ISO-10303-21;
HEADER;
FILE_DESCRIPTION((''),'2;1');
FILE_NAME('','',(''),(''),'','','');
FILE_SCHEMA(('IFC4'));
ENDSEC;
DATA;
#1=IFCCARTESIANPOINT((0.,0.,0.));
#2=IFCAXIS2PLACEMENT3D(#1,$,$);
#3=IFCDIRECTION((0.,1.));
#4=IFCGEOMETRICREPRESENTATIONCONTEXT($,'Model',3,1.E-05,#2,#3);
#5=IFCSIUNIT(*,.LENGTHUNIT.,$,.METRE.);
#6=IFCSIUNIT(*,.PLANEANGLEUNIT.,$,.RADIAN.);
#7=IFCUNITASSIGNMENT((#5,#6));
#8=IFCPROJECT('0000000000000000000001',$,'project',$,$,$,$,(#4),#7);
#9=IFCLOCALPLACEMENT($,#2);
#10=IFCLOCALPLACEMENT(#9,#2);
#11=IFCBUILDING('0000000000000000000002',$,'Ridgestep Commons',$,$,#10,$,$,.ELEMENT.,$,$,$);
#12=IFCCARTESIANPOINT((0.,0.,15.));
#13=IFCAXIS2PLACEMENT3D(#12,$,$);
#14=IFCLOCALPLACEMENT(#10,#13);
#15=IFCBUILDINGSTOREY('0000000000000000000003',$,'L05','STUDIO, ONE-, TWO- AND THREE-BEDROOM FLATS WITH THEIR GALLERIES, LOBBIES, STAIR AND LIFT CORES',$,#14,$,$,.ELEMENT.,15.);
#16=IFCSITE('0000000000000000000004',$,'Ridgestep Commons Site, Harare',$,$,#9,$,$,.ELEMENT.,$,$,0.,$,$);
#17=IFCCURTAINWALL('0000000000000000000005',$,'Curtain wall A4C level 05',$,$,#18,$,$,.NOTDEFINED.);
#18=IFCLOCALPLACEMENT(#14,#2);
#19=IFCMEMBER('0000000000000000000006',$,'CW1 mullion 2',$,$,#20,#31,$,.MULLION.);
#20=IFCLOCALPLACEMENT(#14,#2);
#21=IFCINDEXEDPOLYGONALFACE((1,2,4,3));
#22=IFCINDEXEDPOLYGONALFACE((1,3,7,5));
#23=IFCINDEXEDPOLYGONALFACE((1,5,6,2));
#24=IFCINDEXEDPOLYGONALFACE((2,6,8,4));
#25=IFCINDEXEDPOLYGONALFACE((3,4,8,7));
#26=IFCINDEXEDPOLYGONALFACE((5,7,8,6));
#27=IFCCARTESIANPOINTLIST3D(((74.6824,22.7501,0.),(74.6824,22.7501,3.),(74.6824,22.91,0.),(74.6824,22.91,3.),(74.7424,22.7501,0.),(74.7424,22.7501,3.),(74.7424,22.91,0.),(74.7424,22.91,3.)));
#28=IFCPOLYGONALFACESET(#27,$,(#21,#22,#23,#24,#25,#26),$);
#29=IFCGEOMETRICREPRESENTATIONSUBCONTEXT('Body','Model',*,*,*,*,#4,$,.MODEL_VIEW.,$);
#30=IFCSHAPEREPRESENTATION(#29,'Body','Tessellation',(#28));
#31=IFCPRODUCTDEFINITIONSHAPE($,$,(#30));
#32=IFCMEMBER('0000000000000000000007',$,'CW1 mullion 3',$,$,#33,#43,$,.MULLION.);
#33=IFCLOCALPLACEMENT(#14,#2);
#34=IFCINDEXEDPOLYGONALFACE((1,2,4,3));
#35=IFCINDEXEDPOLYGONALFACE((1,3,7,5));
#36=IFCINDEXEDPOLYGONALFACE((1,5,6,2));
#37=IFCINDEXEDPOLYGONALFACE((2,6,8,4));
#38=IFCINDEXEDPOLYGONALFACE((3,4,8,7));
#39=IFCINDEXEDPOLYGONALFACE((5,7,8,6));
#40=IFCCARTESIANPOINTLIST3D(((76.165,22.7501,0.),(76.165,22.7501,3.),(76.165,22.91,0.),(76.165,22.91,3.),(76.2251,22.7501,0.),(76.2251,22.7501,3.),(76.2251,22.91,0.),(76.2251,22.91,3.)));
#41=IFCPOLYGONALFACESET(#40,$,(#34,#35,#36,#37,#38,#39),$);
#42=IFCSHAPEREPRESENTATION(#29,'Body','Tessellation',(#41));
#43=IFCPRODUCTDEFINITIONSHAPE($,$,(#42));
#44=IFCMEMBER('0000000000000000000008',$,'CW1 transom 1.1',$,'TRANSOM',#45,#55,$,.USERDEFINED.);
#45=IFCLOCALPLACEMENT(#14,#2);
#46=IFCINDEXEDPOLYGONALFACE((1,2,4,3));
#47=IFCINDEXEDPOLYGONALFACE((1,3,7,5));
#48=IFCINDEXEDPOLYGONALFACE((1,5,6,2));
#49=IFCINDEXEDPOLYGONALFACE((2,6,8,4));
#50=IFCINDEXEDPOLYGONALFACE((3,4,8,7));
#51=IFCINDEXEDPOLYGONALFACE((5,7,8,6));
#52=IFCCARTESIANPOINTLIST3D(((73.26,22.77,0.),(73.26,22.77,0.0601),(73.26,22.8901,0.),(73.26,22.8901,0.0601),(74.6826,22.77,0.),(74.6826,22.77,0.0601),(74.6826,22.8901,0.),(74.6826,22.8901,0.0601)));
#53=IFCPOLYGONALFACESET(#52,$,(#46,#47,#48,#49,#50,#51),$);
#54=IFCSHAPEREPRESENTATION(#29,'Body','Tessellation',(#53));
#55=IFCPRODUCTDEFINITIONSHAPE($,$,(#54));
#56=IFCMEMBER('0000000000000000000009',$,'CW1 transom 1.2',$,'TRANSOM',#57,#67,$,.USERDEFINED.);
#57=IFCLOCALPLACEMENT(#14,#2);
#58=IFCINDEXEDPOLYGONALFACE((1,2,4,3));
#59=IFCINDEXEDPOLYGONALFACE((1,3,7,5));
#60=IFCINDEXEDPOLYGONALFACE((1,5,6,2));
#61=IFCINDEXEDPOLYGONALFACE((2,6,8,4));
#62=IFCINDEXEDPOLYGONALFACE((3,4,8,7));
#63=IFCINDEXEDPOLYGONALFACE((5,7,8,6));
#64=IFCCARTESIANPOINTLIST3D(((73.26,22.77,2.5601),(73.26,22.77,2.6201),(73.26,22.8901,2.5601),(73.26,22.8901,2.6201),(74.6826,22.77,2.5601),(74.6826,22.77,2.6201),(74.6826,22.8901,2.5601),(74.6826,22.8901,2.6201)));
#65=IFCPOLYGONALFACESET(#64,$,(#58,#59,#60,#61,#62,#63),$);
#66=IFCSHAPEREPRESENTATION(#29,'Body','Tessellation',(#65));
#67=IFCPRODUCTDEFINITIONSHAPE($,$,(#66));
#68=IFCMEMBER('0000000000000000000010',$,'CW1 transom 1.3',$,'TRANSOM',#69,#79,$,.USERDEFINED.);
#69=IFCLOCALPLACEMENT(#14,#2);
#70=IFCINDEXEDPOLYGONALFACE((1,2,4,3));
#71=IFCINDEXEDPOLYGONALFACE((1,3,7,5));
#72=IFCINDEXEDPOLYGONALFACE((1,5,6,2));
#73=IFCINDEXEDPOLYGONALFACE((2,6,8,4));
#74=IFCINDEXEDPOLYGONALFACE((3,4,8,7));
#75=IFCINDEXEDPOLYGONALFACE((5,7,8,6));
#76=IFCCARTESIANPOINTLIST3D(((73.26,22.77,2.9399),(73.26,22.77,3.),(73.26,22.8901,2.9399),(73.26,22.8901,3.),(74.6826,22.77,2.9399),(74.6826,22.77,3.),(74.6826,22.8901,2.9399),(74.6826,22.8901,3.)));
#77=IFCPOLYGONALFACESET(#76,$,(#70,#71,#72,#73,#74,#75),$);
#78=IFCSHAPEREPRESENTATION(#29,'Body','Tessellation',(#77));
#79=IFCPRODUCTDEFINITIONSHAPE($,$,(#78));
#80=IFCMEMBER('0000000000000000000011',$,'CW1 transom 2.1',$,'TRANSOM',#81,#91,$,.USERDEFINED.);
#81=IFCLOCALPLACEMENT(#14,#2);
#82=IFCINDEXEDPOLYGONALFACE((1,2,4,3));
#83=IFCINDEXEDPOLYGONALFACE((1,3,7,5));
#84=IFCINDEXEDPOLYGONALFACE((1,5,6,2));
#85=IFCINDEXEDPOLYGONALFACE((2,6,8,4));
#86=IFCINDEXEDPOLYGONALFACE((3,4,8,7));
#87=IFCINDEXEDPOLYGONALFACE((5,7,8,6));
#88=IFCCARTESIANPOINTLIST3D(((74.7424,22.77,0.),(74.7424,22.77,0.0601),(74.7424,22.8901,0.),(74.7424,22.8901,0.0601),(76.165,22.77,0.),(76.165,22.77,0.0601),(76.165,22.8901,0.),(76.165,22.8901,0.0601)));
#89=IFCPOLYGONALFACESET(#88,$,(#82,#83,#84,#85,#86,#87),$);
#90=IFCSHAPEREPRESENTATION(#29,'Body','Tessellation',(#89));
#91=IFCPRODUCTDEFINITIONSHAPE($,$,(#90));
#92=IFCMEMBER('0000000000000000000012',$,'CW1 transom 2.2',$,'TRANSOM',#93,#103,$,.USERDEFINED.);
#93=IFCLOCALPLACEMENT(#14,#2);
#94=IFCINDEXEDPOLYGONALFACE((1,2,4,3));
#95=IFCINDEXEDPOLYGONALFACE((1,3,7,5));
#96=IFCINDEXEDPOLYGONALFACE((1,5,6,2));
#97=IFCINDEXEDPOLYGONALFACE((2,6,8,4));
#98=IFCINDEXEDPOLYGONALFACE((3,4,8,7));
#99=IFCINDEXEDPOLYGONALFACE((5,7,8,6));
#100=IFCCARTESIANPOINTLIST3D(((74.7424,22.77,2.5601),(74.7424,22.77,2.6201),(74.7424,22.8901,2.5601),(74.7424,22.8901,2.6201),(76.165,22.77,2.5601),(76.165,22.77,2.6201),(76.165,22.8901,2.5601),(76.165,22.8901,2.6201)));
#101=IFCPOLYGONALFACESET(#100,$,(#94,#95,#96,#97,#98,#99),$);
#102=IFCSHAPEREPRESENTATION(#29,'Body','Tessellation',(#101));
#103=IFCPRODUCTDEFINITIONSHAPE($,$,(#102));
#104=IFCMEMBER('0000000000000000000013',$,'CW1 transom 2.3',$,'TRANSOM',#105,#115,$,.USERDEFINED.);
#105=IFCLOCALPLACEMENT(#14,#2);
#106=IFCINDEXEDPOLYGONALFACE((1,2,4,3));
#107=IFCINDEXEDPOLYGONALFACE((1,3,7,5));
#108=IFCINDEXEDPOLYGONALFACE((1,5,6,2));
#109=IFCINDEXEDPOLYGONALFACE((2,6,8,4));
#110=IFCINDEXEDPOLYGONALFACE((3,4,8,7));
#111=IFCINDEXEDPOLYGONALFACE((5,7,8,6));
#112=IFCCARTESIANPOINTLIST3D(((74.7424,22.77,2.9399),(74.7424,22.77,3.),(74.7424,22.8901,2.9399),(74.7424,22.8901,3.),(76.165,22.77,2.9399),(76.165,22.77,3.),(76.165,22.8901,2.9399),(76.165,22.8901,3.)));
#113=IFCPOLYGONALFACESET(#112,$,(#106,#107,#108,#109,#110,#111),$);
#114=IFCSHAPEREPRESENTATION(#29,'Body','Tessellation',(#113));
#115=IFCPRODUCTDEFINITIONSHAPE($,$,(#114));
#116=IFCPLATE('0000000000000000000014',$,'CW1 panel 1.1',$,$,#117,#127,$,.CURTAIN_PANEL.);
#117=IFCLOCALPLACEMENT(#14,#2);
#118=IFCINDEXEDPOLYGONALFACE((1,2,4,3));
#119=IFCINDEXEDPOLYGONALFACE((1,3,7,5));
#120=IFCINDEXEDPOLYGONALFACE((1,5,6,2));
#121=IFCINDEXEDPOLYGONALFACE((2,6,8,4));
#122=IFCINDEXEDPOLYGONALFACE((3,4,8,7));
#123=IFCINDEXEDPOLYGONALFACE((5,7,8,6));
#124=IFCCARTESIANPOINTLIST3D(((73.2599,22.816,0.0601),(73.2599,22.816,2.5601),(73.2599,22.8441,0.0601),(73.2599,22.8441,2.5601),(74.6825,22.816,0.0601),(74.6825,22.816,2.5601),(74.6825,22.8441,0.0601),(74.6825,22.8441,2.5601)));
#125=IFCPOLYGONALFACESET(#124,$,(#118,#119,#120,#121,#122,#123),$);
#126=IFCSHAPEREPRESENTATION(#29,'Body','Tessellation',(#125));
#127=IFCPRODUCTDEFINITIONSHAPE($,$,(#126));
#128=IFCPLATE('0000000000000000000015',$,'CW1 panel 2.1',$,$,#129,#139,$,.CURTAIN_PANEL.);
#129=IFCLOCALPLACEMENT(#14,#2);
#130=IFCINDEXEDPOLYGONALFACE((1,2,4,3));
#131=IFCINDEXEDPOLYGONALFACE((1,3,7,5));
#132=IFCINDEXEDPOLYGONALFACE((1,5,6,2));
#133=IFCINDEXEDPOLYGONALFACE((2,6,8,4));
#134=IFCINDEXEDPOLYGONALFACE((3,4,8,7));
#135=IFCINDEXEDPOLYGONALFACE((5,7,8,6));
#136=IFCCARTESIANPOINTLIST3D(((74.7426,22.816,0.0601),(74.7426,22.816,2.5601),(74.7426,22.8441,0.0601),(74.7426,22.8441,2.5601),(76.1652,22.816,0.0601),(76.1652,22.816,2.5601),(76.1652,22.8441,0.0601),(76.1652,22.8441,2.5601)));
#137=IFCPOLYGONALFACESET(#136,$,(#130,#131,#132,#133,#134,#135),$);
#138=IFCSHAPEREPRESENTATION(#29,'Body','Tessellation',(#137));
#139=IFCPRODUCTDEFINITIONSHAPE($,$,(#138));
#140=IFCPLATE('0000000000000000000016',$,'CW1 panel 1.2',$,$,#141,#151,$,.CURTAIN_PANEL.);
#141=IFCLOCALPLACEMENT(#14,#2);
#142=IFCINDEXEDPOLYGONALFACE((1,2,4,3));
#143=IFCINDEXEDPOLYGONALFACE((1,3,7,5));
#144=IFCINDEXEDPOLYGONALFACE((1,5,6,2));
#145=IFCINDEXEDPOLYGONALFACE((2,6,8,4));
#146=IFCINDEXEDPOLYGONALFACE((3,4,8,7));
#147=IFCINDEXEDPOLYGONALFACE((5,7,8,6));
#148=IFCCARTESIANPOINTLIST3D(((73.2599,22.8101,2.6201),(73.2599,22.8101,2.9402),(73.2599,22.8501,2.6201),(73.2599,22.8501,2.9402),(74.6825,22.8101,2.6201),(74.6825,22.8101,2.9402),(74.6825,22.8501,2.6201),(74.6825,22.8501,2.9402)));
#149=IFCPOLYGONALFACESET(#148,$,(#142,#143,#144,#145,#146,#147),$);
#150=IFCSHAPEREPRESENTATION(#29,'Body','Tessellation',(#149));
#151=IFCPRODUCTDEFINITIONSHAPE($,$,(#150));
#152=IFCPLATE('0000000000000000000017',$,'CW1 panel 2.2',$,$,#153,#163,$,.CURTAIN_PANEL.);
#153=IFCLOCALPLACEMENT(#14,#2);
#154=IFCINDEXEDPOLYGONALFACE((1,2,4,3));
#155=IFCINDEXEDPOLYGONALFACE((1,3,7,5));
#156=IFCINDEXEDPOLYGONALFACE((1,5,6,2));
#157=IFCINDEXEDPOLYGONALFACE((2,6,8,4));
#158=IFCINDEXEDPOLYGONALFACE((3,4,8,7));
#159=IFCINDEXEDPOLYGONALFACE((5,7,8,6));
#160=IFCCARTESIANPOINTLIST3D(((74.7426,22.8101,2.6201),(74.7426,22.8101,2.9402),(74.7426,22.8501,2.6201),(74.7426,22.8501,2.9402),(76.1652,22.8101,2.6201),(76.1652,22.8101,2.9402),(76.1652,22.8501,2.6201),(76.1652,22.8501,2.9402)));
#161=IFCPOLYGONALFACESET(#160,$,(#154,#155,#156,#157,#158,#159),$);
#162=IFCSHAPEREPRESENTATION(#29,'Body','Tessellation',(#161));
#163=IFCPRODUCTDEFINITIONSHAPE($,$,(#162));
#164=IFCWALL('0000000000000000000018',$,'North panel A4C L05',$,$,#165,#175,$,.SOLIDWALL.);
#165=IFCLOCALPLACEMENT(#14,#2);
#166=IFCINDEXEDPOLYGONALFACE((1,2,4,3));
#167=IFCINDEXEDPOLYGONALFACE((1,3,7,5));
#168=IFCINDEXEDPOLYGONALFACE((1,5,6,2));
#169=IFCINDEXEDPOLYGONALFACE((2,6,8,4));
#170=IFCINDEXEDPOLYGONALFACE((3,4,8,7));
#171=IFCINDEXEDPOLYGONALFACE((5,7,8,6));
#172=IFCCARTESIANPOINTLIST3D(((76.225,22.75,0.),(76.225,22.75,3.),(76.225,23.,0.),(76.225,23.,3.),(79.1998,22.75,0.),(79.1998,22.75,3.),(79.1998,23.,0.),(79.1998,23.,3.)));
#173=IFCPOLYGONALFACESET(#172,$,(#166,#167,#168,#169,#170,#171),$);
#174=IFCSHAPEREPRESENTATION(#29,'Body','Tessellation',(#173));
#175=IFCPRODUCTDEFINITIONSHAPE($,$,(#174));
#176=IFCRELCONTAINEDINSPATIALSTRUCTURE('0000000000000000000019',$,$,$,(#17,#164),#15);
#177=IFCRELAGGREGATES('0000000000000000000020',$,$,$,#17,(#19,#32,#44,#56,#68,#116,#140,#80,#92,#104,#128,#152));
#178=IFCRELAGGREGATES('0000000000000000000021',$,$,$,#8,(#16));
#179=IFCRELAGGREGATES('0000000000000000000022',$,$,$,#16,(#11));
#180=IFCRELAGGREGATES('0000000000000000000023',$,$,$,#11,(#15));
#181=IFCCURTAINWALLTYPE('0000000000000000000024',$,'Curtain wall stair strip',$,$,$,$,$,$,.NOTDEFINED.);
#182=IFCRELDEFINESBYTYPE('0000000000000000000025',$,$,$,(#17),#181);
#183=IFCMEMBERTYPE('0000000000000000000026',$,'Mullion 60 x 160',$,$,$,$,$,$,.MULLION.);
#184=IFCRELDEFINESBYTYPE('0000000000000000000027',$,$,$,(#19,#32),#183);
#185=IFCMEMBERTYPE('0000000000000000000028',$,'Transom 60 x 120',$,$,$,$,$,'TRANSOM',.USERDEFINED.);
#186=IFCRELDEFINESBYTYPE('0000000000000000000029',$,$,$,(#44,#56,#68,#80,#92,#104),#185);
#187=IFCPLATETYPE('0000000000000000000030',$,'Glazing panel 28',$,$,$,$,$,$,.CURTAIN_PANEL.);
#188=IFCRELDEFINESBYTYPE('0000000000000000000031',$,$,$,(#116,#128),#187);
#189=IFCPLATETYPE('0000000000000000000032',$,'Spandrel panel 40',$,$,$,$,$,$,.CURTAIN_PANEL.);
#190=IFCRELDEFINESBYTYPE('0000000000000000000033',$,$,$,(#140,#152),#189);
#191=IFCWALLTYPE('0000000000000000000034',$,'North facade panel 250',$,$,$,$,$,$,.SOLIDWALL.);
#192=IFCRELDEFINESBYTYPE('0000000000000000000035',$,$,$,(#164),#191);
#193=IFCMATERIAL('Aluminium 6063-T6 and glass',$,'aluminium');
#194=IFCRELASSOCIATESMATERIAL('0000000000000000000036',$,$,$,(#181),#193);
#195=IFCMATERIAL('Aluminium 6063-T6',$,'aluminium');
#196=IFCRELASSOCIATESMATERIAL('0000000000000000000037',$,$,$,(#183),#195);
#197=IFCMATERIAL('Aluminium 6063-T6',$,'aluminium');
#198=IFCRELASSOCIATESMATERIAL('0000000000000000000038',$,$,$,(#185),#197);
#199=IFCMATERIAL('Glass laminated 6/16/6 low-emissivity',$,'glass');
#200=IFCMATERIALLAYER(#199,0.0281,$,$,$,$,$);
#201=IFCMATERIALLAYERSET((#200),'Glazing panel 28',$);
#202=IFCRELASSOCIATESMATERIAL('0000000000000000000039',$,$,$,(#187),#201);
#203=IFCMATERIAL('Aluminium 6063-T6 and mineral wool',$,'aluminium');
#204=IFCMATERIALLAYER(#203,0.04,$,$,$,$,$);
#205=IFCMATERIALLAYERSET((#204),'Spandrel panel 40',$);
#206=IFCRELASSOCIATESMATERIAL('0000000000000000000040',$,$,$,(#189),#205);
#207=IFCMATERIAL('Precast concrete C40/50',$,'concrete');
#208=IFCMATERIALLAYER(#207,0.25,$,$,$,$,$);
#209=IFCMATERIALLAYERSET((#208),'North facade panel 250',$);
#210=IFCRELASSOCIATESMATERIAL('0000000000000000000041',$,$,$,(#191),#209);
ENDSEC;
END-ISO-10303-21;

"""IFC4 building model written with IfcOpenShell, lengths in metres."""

from ifc_helpers import new_model, si_unit, direction, frame, frame_2d, origin, origin_2d, place, context, subcontext, project, spatial, rectangle, extrude, material, layer, layer_set, material_profile, profile_set, type_object, element, aggregate, save


model = new_model("IFC4")

# Units and contexts
model_context = context("Model", 3, precision=1e-05, world=origin(), true_north=direction((0.0, 1.0)))
body_context = subcontext(model_context, "Body", "Model", "MODEL_VIEW")
ifc_project = project(units=[si_unit("LENGTHUNIT", "METRE"), si_unit("PLANEANGLEUNIT", "RADIAN")], contexts=[model_context])

# Site, building, storey
site_placement = place(None, origin())
site = spatial("IfcSite", under=ifc_project, at=site_placement, Name="Ridgestep Commons Site, Harare", CompositionType="ELEMENT", RefElevation=0.0)
building_placement = place(site_placement, origin())
building = spatial("IfcBuilding", under=site, at=building_placement, Name="Ridgestep Commons", CompositionType="ELEMENT")
storey_placement = place(building_placement, frame((0.0, 0.0, 15.0)))
storey = spatial("IfcBuildingStorey", under=building, at=storey_placement, Name="L05", Description="STUDIO, ONE-, TWO- AND THREE-BEDROOM FLATS WITH THEIR GALLERIES, LOBBIES, STAIR AND LIFT CORES", CompositionType="ELEMENT", Elevation=15.0)

# Curtain wall, members, plates
ifc_material_1 = material(Name="Aluminium 6063-T6 and glass", Category="aluminium")
curtain_wall_type = type_object("IfcCurtainWallType", Name="Curtain wall stair strip", PredefinedType="NOTDEFINED", material=ifc_material_1)
curtain_wall_placement = place(storey_placement, origin())
curtain_wall = element("IfcCurtainWall", 1, at=curtain_wall_placement, inside=storey, type_object=curtain_wall_type, Name="Curtain wall A4C level 05", PredefinedType="NOTDEFINED")
ifc_material_2 = material(Name="Aluminium 6063-T6", Category="aluminium")
ifc_material_profile_1 = material_profile(ifc_material_2, rectangle(XDim=0.1599, YDim=0.0601, at=origin_2d()), Name="Mullion 60 x 160")
ifc_profile_set_1 = profile_set([ifc_material_profile_1], Name="Aluminium 6063-T6")
member_type_1 = type_object("IfcMemberType", Name="Mullion 60 x 160", PredefinedType="MULLION", material=ifc_profile_set_1)
member_1_placement = place(storey_placement, frame((74.7124, 22.8301, 0.0), z_axis=(0.0, 0.0, 1.0), x_axis=(0.0, 1.0, 0.0)))
member_1 = element("IfcMember", 2, at=member_1_placement, type_object=member_type_1, Name="CW1 mullion 2", PredefinedType="MULLION", context=body_context, shape_type="SweptSolid", body=[
    extrude(rectangle(XDim=0.1599, YDim=0.0601, at=origin_2d()), origin(), (0.0, 0.0, 1.0), 3.0),
])
member_2_placement = place(storey_placement, frame((76.1951, 22.8301, 0.0), z_axis=(0.0, 0.0, 1.0), x_axis=(0.0, 1.0, 0.0)))
member_2 = element("IfcMember", 3, at=member_2_placement, type_object=member_type_1, Name="CW1 mullion 3", PredefinedType="MULLION", context=body_context, shape_type="SweptSolid", body=[
    extrude(rectangle(XDim=0.1599, YDim=0.0601, at=origin_2d()), origin(), (0.0, 0.0, 1.0), 3.0),
])
ifc_material_3 = material(Name="Aluminium 6063-T6", Category="aluminium")
ifc_material_profile_2 = material_profile(ifc_material_3, rectangle(XDim=0.1201, YDim=0.0601, at=origin_2d()), Name="Transom 60 x 120")
ifc_profile_set_2 = profile_set([ifc_material_profile_2], Name="Aluminium 6063-T6")
member_type_2 = type_object("IfcMemberType", Name="Transom 60 x 120", ElementType="TRANSOM", PredefinedType="USERDEFINED", material=ifc_profile_set_2)
member_3_placement = place(storey_placement, frame((73.26, 22.8301, 0.03), z_axis=(1.0, 0.0, 0.0), x_axis=(0.0, 1.0, 0.0)))
member_3 = element("IfcMember", 4, at=member_3_placement, type_object=member_type_2, Name="CW1 transom 1.1", ObjectType="TRANSOM", PredefinedType="USERDEFINED", context=body_context, shape_type="SweptSolid", body=[
    extrude(rectangle(XDim=0.1201, YDim=0.0601, at=origin_2d()), origin(), (0.0, 0.0, 1.0), 1.4226),
])
member_4_placement = place(storey_placement, frame((73.26, 22.8301, 2.5901), z_axis=(1.0, 0.0, 0.0), x_axis=(0.0, 1.0, 0.0)))
member_4 = element("IfcMember", 5, at=member_4_placement, type_object=member_type_2, Name="CW1 transom 1.2", ObjectType="TRANSOM", PredefinedType="USERDEFINED", context=body_context, shape_type="SweptSolid", body=[
    extrude(rectangle(XDim=0.1201, YDim=0.0601, at=origin_2d()), origin(), (0.0, 0.0, 1.0), 1.4226),
])
member_5_placement = place(storey_placement, frame((73.26, 22.8301, 2.97), z_axis=(1.0, 0.0, 0.0), x_axis=(0.0, 1.0, 0.0)))
member_5 = element("IfcMember", 6, at=member_5_placement, type_object=member_type_2, Name="CW1 transom 1.3", ObjectType="TRANSOM", PredefinedType="USERDEFINED", context=body_context, shape_type="SweptSolid", body=[
    extrude(rectangle(XDim=0.1201, YDim=0.0601, at=origin_2d()), origin(), (0.0, 0.0, 1.0), 1.4226),
])
member_6_placement = place(storey_placement, frame((74.7424, 22.8301, 0.03), z_axis=(1.0, 0.0, 0.0), x_axis=(0.0, 1.0, 0.0)))
member_6 = element("IfcMember", 7, at=member_6_placement, type_object=member_type_2, Name="CW1 transom 2.1", ObjectType="TRANSOM", PredefinedType="USERDEFINED", context=body_context, shape_type="SweptSolid", body=[
    extrude(rectangle(XDim=0.1201, YDim=0.0601, at=origin_2d()), origin(), (0.0, 0.0, 1.0), 1.4226),
])
member_7_placement = place(storey_placement, frame((74.7424, 22.8301, 2.5901), z_axis=(1.0, 0.0, 0.0), x_axis=(0.0, 1.0, 0.0)))
member_7 = element("IfcMember", 8, at=member_7_placement, type_object=member_type_2, Name="CW1 transom 2.2", ObjectType="TRANSOM", PredefinedType="USERDEFINED", context=body_context, shape_type="SweptSolid", body=[
    extrude(rectangle(XDim=0.1201, YDim=0.0601, at=origin_2d()), origin(), (0.0, 0.0, 1.0), 1.4226),
])
member_8_placement = place(storey_placement, frame((74.7424, 22.8301, 2.97), z_axis=(1.0, 0.0, 0.0), x_axis=(0.0, 1.0, 0.0)))
member_8 = element("IfcMember", 9, at=member_8_placement, type_object=member_type_2, Name="CW1 transom 2.3", ObjectType="TRANSOM", PredefinedType="USERDEFINED", context=body_context, shape_type="SweptSolid", body=[
    extrude(rectangle(XDim=0.1201, YDim=0.0601, at=origin_2d()), origin(), (0.0, 0.0, 1.0), 1.4226),
])
ifc_material_4 = material(Name="Glass laminated 6/16/6 low-emissivity", Category="glass")
ifc_layer_1 = layer(ifc_material_4, 0.0281)
ifc_layer_set_1 = layer_set([ifc_layer_1], Name="Glazing panel 28")
plate_type_1 = type_object("IfcPlateType", Name="Glazing panel 28", PredefinedType="CURTAIN_PANEL", material=ifc_layer_set_1)
plate_1_placement = place(storey_placement, frame((73.9712, 22.8301, 0.0601), z_axis=(0.0, 0.0, 1.0), x_axis=(1.0, 0.0, 0.0)))
plate_1 = element("IfcPlate", 10, at=plate_1_placement, type_object=plate_type_1, Name="CW1 panel 1.1", PredefinedType="CURTAIN_PANEL", context=body_context, shape_type="SweptSolid", body=[
    extrude(rectangle(XDim=1.4226, YDim=0.0281, at=origin_2d()), origin(), (0.0, 0.0, 1.0), 2.5),
])
plate_2_placement = place(storey_placement, frame((75.4539, 22.8301, 0.0601), z_axis=(0.0, 0.0, 1.0), x_axis=(1.0, 0.0, 0.0)))
plate_2 = element("IfcPlate", 11, at=plate_2_placement, type_object=plate_type_1, Name="CW1 panel 2.1", PredefinedType="CURTAIN_PANEL", context=body_context, shape_type="SweptSolid", body=[
    extrude(rectangle(XDim=1.4226, YDim=0.0281, at=origin_2d()), origin(), (0.0, 0.0, 1.0), 2.5),
])
ifc_material_5 = material(Name="Aluminium 6063-T6 and mineral wool", Category="aluminium")
ifc_layer_2 = layer(ifc_material_5, 0.04)
ifc_layer_set_2 = layer_set([ifc_layer_2], Name="Spandrel panel 40")
plate_type_2 = type_object("IfcPlateType", Name="Spandrel panel 40", PredefinedType="CURTAIN_PANEL", material=ifc_layer_set_2)
plate_3_placement = place(storey_placement, frame((73.9712, 22.8301, 2.6201), z_axis=(0.0, 0.0, 1.0), x_axis=(1.0, 0.0, 0.0)))
plate_3 = element("IfcPlate", 12, at=plate_3_placement, type_object=plate_type_2, Name="CW1 panel 1.2", PredefinedType="CURTAIN_PANEL", context=body_context, shape_type="SweptSolid", body=[
    extrude(rectangle(XDim=1.4226, YDim=0.04, at=origin_2d()), origin(), (0.0, 0.0, 1.0), 0.3201),
])
plate_4_placement = place(storey_placement, frame((75.4539, 22.8301, 2.6201), z_axis=(0.0, 0.0, 1.0), x_axis=(1.0, 0.0, 0.0)))
plate_4 = element("IfcPlate", 13, at=plate_4_placement, type_object=plate_type_2, Name="CW1 panel 2.2", PredefinedType="CURTAIN_PANEL", context=body_context, shape_type="SweptSolid", body=[
    extrude(rectangle(XDim=1.4226, YDim=0.04, at=origin_2d()), origin(), (0.0, 0.0, 1.0), 0.3201),
])
aggregate(curtain_wall, [member_1, member_2, member_3, member_4, member_5, plate_1, plate_3, member_6, member_7, member_8, plate_2, plate_4])

# Wall
ifc_material_6 = material(Name="Precast concrete C40/50", Category="concrete")
ifc_layer_3 = layer(ifc_material_6, 0.25)
ifc_layer_set_3 = layer_set([ifc_layer_3], Name="North facade panel 250")
wall_type = type_object("IfcWallType", Name="North facade panel 250", PredefinedType="SOLIDWALL", material=ifc_layer_set_3)
wall_1_placement = place(storey_placement, frame((76.2251, 22.875, 0.0), z_axis=(0.0, 0.0, 1.0), x_axis=(1.0, 0.0, 0.0)))
element("IfcWall", 14, at=wall_1_placement, inside=storey, type_object=wall_type, Name="North panel A4C L05", PredefinedType="SOLIDWALL", context=body_context, shape_type="SweptSolid", body=[
    extrude(rectangle(XDim=2.9749, YDim=0.25, at=frame_2d((1.4873, 0.0))), origin(), (0.0, 0.0, 1.0), 3.0),
])

save(model, "model.ifc")
